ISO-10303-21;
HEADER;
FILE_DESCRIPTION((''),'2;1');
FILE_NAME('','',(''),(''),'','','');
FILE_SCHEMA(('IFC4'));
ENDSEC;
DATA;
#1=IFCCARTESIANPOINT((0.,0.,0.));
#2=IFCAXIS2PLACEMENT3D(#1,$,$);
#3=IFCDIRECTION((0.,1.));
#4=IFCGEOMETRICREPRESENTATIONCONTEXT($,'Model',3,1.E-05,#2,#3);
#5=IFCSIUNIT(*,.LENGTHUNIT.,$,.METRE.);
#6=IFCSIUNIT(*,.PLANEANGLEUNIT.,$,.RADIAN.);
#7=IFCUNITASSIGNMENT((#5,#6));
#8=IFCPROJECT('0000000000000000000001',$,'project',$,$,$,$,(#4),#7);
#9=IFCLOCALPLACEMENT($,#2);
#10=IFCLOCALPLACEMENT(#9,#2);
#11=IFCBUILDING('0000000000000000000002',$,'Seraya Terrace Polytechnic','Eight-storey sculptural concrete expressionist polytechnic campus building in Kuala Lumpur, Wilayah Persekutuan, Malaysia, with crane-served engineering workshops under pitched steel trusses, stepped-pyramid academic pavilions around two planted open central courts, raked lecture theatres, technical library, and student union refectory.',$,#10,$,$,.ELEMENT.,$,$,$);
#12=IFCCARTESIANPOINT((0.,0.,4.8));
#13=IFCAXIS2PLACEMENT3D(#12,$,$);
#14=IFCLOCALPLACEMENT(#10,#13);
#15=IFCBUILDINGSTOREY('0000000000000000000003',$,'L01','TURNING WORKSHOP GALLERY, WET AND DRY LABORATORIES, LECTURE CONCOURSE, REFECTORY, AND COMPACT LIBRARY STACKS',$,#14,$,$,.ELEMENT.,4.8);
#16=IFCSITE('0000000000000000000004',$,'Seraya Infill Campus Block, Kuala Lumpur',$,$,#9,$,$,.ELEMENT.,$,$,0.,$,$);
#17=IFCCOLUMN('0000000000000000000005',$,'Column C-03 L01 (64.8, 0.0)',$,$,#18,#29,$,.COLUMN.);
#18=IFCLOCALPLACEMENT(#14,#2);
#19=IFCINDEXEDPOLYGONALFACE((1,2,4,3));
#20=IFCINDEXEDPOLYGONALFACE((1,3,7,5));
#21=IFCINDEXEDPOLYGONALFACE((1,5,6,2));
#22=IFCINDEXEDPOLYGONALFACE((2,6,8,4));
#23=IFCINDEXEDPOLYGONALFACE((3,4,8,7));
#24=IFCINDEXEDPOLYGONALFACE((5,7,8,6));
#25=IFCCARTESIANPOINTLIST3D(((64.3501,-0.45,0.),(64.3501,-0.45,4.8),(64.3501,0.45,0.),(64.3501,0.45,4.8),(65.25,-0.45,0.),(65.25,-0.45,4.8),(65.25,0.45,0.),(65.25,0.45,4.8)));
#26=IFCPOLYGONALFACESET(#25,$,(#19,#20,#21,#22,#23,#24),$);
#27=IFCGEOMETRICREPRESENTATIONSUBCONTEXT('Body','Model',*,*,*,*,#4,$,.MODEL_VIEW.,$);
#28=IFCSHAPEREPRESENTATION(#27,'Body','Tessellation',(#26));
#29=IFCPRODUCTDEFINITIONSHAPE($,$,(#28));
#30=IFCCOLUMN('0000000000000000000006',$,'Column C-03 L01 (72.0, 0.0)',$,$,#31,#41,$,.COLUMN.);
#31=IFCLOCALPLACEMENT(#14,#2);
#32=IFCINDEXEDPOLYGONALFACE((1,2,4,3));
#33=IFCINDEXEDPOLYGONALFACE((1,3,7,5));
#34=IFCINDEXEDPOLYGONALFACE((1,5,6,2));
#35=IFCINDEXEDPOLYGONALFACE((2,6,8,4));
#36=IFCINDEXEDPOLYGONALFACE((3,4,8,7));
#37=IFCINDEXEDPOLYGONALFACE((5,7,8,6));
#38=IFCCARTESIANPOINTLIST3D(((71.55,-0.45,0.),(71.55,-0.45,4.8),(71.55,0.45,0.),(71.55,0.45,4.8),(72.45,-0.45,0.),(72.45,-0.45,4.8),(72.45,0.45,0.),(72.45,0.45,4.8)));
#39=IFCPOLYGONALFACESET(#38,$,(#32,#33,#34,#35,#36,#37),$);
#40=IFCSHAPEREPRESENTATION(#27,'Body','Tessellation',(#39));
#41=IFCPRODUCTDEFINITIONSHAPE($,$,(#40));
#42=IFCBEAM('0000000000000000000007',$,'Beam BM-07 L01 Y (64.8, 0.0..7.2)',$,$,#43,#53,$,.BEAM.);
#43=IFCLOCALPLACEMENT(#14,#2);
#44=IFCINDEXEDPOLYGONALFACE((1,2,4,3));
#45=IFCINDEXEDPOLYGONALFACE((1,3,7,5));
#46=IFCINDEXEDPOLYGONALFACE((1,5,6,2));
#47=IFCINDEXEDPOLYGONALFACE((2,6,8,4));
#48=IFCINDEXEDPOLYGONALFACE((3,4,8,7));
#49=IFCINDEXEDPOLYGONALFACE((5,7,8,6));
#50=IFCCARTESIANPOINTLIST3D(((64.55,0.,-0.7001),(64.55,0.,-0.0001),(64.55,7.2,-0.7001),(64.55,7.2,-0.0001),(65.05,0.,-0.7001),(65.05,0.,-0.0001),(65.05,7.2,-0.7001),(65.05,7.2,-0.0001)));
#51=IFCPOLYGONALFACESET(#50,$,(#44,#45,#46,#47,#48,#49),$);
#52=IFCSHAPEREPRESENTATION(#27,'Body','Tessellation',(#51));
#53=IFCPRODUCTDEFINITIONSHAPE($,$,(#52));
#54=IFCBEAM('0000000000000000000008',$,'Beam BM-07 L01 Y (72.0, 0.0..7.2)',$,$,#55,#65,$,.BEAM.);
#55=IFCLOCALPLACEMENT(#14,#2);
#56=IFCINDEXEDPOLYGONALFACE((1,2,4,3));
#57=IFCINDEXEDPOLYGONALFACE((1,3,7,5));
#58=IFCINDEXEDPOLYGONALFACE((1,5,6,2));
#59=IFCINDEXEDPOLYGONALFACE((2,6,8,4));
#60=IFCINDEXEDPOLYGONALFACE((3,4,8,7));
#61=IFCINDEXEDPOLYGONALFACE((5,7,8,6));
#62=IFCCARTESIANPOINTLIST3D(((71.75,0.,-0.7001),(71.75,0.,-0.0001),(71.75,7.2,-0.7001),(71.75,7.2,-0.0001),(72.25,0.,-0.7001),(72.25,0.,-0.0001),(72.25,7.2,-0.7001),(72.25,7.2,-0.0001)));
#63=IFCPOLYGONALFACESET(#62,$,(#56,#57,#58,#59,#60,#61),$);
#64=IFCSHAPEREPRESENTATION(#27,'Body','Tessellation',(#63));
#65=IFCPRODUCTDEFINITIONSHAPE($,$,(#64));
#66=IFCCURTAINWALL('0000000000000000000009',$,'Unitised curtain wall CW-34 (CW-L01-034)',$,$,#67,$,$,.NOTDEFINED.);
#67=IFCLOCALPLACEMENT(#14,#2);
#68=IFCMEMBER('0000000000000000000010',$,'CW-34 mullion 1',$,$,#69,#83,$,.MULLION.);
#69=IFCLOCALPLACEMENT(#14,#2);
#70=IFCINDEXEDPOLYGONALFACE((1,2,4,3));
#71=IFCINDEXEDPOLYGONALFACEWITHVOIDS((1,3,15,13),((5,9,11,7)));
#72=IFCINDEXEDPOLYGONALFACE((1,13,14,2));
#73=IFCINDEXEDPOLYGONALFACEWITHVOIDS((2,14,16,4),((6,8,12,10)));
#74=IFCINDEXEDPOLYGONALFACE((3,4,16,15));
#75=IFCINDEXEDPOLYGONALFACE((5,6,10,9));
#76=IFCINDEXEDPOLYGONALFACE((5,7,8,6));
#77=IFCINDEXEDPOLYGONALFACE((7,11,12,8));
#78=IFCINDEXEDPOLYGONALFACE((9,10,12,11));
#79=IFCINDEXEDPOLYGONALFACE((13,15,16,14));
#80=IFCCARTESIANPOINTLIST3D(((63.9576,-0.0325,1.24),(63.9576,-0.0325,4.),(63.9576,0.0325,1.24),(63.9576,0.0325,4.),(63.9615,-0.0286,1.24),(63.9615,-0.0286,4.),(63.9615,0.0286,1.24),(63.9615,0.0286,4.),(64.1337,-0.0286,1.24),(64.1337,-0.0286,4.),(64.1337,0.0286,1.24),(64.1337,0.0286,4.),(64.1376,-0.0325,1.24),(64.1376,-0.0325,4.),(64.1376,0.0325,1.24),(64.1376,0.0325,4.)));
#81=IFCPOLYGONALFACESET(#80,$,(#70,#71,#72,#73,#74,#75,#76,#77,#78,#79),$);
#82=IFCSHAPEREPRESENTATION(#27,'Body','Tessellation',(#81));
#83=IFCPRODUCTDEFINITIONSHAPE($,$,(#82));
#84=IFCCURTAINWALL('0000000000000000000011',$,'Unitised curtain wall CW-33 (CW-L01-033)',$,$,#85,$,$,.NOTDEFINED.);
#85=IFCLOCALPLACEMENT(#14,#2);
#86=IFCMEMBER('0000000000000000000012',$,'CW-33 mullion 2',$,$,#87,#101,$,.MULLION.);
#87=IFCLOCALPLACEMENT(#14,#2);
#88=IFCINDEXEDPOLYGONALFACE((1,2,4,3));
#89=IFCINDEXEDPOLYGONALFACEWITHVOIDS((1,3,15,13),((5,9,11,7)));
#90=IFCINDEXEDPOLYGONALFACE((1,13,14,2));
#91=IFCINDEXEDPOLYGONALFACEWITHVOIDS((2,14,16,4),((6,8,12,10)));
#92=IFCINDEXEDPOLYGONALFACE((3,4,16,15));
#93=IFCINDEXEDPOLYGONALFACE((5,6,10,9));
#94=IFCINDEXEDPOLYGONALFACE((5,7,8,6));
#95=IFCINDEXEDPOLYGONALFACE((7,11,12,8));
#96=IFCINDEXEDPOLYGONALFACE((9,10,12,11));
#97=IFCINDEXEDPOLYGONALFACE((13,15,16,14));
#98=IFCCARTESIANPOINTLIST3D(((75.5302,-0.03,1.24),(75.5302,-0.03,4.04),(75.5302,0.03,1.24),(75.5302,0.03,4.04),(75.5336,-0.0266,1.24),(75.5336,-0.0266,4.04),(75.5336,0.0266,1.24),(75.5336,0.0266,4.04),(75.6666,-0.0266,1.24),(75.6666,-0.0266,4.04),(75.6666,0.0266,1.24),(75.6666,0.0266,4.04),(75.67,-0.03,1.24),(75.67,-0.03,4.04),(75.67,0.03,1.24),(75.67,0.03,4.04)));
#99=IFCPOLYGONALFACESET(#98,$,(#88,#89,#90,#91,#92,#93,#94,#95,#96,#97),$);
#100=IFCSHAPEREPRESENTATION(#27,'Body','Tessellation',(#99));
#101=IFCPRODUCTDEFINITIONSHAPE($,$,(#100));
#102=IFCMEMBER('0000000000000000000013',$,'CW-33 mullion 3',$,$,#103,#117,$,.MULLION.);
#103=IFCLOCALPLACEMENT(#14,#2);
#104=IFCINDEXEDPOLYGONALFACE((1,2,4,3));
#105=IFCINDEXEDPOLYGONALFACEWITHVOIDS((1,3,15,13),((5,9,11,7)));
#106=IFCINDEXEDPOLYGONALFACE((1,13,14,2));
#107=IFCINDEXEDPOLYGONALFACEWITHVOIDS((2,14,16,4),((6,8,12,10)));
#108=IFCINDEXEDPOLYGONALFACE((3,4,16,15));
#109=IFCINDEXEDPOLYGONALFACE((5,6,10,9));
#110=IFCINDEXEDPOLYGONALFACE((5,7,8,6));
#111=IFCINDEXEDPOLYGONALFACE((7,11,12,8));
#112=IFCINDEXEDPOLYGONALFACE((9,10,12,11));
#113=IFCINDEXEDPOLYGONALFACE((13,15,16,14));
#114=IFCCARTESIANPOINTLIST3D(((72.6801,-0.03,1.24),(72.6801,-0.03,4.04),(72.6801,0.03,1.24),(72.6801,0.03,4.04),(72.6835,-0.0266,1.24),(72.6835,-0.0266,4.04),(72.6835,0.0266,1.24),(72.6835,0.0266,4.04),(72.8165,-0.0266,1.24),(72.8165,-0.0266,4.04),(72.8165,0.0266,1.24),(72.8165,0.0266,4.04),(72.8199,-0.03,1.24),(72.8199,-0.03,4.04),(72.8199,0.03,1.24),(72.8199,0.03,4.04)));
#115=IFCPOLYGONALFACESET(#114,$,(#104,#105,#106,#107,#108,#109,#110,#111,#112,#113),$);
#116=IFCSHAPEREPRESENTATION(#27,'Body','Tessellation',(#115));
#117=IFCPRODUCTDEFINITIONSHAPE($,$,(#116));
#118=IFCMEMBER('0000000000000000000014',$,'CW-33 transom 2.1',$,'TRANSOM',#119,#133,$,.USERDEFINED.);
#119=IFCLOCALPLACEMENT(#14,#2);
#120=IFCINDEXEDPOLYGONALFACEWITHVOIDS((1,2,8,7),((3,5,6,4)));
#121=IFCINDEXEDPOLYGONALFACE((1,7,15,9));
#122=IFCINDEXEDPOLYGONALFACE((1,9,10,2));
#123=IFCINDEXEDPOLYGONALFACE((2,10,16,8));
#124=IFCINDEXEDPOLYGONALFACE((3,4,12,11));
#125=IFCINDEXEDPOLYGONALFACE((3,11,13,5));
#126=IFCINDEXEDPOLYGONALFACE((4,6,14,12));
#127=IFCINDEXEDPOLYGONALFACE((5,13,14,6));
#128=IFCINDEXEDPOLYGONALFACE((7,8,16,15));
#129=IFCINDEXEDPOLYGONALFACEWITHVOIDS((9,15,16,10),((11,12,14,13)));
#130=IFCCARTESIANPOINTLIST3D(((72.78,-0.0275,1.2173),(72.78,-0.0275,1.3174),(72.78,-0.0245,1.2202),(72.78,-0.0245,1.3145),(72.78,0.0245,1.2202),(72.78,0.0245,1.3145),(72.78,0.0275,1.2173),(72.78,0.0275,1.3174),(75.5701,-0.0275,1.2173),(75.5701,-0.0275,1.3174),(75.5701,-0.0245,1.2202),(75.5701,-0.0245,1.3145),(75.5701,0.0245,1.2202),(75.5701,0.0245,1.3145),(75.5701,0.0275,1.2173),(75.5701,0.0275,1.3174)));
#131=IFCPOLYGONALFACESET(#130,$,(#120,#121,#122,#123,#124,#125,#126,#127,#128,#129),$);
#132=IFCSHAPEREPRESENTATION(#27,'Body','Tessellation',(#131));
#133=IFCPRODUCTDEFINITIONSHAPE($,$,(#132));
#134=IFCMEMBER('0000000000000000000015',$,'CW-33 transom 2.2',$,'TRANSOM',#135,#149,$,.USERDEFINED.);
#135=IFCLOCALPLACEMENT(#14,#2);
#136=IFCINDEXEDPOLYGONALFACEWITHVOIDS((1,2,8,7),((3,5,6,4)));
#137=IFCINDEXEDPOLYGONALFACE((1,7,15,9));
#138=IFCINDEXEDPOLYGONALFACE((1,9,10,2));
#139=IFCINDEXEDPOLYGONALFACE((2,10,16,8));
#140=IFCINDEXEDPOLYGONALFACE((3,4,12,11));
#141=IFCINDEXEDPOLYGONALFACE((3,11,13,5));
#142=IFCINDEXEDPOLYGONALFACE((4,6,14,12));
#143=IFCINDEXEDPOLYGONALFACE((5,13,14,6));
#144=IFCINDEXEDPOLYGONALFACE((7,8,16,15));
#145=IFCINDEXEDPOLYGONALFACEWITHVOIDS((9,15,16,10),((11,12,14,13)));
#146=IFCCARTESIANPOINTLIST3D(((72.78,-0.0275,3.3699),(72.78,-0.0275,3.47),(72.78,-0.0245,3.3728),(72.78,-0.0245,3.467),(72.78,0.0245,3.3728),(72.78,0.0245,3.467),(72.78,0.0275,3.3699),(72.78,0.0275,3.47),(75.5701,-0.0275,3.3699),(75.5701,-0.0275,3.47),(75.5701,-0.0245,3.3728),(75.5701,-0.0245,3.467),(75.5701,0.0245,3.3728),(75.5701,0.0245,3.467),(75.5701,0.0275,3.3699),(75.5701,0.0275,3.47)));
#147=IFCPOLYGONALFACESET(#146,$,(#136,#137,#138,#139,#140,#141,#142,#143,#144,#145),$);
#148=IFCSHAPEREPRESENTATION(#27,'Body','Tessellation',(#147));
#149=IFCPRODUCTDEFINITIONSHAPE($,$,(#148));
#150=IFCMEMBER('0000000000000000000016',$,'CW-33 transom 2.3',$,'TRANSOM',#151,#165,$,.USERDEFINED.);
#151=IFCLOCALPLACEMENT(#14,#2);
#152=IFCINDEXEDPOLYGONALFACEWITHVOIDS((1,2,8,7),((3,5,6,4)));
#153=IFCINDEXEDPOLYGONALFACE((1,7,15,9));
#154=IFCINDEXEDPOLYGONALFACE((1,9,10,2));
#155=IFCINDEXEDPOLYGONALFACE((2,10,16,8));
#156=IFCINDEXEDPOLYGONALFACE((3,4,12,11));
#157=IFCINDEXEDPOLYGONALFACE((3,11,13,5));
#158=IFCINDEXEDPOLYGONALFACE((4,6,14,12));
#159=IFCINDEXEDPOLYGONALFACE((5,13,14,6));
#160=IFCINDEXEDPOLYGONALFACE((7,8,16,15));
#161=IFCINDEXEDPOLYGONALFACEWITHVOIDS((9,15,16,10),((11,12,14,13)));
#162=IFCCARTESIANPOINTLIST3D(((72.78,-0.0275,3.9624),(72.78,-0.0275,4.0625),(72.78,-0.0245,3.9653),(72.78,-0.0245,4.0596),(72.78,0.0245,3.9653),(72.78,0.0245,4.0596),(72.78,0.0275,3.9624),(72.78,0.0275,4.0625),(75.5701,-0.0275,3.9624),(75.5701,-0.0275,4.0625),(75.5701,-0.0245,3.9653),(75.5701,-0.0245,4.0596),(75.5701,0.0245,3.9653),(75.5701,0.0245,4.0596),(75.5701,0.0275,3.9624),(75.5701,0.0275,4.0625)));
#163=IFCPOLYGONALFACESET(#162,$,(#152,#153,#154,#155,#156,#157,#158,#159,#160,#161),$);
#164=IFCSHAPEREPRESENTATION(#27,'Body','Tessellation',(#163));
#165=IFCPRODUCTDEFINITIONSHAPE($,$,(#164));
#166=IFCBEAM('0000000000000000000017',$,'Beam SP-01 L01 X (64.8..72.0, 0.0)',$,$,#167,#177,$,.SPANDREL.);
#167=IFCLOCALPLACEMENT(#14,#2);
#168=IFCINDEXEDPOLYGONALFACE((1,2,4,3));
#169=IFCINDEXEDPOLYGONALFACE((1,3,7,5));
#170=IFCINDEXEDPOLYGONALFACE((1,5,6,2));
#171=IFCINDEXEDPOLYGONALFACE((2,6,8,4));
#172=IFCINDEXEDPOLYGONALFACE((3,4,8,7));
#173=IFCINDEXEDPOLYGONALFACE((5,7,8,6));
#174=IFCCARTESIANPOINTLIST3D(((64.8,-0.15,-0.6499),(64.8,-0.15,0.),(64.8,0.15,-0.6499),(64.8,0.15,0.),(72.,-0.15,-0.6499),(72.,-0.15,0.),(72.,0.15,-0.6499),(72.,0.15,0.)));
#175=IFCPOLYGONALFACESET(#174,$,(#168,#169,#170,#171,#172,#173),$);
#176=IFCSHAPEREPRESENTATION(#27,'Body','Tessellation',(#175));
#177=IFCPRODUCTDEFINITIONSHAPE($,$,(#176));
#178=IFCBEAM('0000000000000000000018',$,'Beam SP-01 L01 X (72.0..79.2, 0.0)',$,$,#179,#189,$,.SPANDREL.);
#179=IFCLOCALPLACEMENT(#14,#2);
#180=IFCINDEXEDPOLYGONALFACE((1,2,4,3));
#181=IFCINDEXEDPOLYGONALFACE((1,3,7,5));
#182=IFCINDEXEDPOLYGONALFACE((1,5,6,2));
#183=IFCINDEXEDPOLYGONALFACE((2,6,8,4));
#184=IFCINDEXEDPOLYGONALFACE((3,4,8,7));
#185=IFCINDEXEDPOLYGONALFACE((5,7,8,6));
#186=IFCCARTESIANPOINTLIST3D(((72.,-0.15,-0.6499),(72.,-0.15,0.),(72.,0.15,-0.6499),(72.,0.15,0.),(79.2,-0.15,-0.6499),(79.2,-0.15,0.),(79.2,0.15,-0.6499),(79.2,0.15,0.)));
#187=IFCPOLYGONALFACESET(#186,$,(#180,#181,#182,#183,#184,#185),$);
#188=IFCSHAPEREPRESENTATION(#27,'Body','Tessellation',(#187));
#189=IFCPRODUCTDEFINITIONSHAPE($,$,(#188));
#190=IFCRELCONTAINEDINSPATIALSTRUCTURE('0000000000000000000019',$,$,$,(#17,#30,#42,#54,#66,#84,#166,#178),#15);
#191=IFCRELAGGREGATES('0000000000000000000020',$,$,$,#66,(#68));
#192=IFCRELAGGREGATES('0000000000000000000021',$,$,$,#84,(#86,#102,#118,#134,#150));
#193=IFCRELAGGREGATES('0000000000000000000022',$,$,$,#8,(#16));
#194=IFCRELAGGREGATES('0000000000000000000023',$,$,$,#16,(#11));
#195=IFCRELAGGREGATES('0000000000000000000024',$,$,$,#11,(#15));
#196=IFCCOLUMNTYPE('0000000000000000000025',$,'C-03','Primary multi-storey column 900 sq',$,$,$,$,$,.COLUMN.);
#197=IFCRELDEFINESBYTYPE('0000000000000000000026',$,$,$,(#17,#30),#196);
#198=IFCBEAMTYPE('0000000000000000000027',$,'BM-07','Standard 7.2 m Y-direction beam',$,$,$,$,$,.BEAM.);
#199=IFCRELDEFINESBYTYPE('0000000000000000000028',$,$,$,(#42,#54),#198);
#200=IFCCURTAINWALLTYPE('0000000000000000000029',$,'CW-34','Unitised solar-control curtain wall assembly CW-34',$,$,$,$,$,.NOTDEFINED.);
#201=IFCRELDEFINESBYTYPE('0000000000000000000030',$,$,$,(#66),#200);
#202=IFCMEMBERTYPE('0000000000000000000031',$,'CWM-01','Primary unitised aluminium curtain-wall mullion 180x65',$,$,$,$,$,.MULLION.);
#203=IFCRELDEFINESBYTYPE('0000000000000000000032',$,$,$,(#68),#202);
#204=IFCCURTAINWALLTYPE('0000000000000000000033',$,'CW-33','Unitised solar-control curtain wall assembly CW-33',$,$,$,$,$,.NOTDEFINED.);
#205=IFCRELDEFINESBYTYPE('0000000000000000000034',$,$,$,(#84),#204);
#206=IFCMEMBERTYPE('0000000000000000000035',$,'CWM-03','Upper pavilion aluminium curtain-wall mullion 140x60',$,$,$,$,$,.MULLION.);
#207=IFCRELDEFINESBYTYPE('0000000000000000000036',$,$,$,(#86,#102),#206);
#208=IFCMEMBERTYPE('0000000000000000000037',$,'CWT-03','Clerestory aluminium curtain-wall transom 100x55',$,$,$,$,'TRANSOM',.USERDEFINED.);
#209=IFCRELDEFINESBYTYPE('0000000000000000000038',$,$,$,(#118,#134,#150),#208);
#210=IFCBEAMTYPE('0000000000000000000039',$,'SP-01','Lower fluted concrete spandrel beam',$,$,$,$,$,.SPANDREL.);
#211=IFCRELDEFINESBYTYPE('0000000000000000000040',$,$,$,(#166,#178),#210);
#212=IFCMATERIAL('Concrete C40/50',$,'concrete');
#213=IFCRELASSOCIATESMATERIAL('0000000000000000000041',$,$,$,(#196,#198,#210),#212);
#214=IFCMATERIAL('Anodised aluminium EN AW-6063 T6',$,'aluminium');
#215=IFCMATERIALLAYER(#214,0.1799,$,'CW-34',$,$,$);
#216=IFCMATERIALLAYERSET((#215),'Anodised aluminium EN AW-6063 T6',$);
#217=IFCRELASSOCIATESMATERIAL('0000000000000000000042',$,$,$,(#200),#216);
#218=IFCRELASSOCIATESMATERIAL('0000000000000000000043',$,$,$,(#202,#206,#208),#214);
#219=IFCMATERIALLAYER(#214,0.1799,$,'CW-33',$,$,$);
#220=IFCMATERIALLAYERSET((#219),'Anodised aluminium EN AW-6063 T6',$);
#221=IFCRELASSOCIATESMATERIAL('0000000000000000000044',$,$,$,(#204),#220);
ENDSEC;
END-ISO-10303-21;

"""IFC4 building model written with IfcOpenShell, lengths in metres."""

from ifc_helpers import new_model, si_unit, direction, frame, origin, origin_2d, place, context, subcontext, project, spatial, rectangle, hollow_rectangle, extrude, material, layer, layer_set, material_profile, profile_set, type_object, element, aggregate, save


model = new_model("IFC4")

# Units and contexts
model_context = context("Model", 3, precision=1e-05, world=origin(), true_north=direction((0.0, 1.0)))
body_context = subcontext(model_context, "Body", "Model", "MODEL_VIEW")
ifc_project = project(units=[si_unit("LENGTHUNIT", "METRE"), si_unit("PLANEANGLEUNIT", "RADIAN")], contexts=[model_context])

# Site, building, storey
site_placement = place(None, origin())
site = spatial("IfcSite", under=ifc_project, at=site_placement, Name="Seraya Infill Campus Block, Kuala Lumpur", CompositionType="ELEMENT", RefElevation=0.0)
building_placement = place(site_placement, origin())
building = spatial("IfcBuilding", under=site, at=building_placement, Name="Seraya Terrace Polytechnic", Description="Eight-storey sculptural concrete expressionist polytechnic campus building in Kuala Lumpur, Wilayah Persekutuan, Malaysia, with crane-served engineering workshops under pitched steel trusses, stepped-pyramid academic pavilions around two planted open central courts, raked lecture theatres, technical library, and student union refectory.", CompositionType="ELEMENT")
storey_placement = place(building_placement, frame((0.0, 0.0, 4.8)))
storey = spatial("IfcBuildingStorey", under=building, at=storey_placement, Name="L01", Description="TURNING WORKSHOP GALLERY, WET AND DRY LABORATORIES, LECTURE CONCOURSE, REFECTORY, AND COMPACT LIBRARY STACKS", CompositionType="ELEMENT", Elevation=4.8)

# Columns
ifc_material_1 = material(Name="Concrete C40/50", Category="concrete")
ifc_material_profile_1 = material_profile(ifc_material_1, rectangle(XDim=0.8999, YDim=0.8999, at=origin_2d()), Name="RC 900x900")
ifc_profile_set_1 = profile_set([ifc_material_profile_1], Name="Concrete C40/50")
column_type = type_object("IfcColumnType", Name="C-03", Description="Primary multi-storey column 900 sq", PredefinedType="COLUMN", material=ifc_profile_set_1)
for number, where, z_axis, x_axis, name in (
    (1, (64.8, 0.0, 0.0), (0.0, 0.0, 1.0), (1.0, 0.0, 0.0), "Column C-03 L01 (64.8, 0.0)"),
    (2, (72.0, 0.0, 0.0), (0.0, 0.0, 1.0), (1.0, 0.0, 0.0), "Column C-03 L01 (72.0, 0.0)"),
):
    element("IfcColumn", number, at=place(storey_placement, frame(where, z_axis=z_axis, x_axis=x_axis)), inside=storey, type_object=column_type, Name=name, PredefinedType="COLUMN", context=body_context, shape_type="SweptSolid", body=[
        extrude(rectangle(XDim=0.8999, YDim=0.8999, at=origin_2d()), origin(), (0.0, 0.0, 1.0), 4.8),
    ])

# Beams
ifc_material_profile_2 = material_profile(ifc_material_1, rectangle(XDim=0.5, YDim=0.7, at=origin_2d()), Name="RC 500x700")
ifc_profile_set_2 = profile_set([ifc_material_profile_2], Name="Concrete C40/50")
beam_type_1 = type_object("IfcBeamType", Name="BM-07", Description="Standard 7.2 m Y-direction beam", PredefinedType="BEAM", material=ifc_profile_set_2)
for number, where, z_axis, x_axis, name in (
    (3, (64.8, 0.0, -0.3501), (0.0, 1.0, 0.0), (-1.0, 0.0, 0.0), "Beam BM-07 L01 Y (64.8, 0.0..7.2)"),
    (4, (72.0, 0.0, -0.3501), (0.0, 1.0, 0.0), (-1.0, 0.0, 0.0), "Beam BM-07 L01 Y (72.0, 0.0..7.2)"),
):
    element("IfcBeam", number, at=place(storey_placement, frame(where, z_axis=z_axis, x_axis=x_axis)), inside=storey, type_object=beam_type_1, Name=name, PredefinedType="BEAM", context=body_context, shape_type="SweptSolid", body=[
        extrude(rectangle(XDim=0.5, YDim=0.7, at=origin_2d()), origin(), (0.0, 0.0, 1.0), 7.2),
    ])

# Curtain wall, member
ifc_material_2 = material(Name="Anodised aluminium EN AW-6063 T6", Category="aluminium")
ifc_layer_1 = layer(ifc_material_2, 0.1799, Name="CW-34")
ifc_layer_set_1 = layer_set([ifc_layer_1], Name="Anodised aluminium EN AW-6063 T6")
curtain_wall_type_1 = type_object("IfcCurtainWallType", Name="CW-34", Description="Unitised solar-control curtain wall assembly CW-34", PredefinedType="NOTDEFINED", material=ifc_layer_set_1)
curtain_wall_1_placement = place(storey_placement, origin())
curtain_wall_1 = element("IfcCurtainWall", 5, at=curtain_wall_1_placement, inside=storey, type_object=curtain_wall_type_1, Name="Unitised curtain wall CW-34 (CW-L01-034)", PredefinedType="NOTDEFINED")
ifc_material_profile_3 = material_profile(ifc_material_2, hollow_rectangle(XDim=0.0649, YDim=0.1799, WallThickness=0.0039, at=origin_2d()), Name="RHS 180x65x4.0")
ifc_profile_set_3 = profile_set([ifc_material_profile_3], Name="Anodised aluminium EN AW-6063 T6")
member_type_1 = type_object("IfcMemberType", Name="CWM-01", Description="Primary unitised aluminium curtain-wall mullion 180x65", PredefinedType="MULLION", material=ifc_profile_set_3)
member_1_placement = place(storey_placement, frame((64.0476, 0.0, 1.24), z_axis=(0.0, 0.0, 1.0), x_axis=(0.0, -1.0, 0.0)))
member_1 = element("IfcMember", 6, at=member_1_placement, type_object=member_type_1, Name="CW-34 mullion 1", PredefinedType="MULLION", context=body_context, shape_type="SweptSolid", body=[
    extrude(hollow_rectangle(XDim=0.0649, YDim=0.1799, WallThickness=0.0039, at=origin_2d()), origin(), (0.0, 0.0, 1.0), 2.76),
])
aggregate(curtain_wall_1, [member_1])

# Curtain wall, members
ifc_layer_2 = layer(ifc_material_2, 0.1799, Name="CW-33")
ifc_layer_set_2 = layer_set([ifc_layer_2], Name="Anodised aluminium EN AW-6063 T6")
curtain_wall_type_2 = type_object("IfcCurtainWallType", Name="CW-33", Description="Unitised solar-control curtain wall assembly CW-33", PredefinedType="NOTDEFINED", material=ifc_layer_set_2)
curtain_wall_2_placement = place(storey_placement, origin())
curtain_wall_2 = element("IfcCurtainWall", 7, at=curtain_wall_2_placement, inside=storey, type_object=curtain_wall_type_2, Name="Unitised curtain wall CW-33 (CW-L01-033)", PredefinedType="NOTDEFINED")
ifc_material_profile_4 = material_profile(ifc_material_2, hollow_rectangle(XDim=0.0601, YDim=0.1399, WallThickness=0.0034, at=origin_2d()), Name="RHS 140x60x3.5")
ifc_profile_set_4 = profile_set([ifc_material_profile_4], Name="Anodised aluminium EN AW-6063 T6")
member_type_2 = type_object("IfcMemberType", Name="CWM-03", Description="Upper pavilion aluminium curtain-wall mullion 140x60", PredefinedType="MULLION", material=ifc_profile_set_4)
member_2_placement = place(storey_placement, frame((75.6001, 0.0, 1.24), z_axis=(0.0, 0.0, 1.0), x_axis=(0.0, -1.0, 0.0)))
member_2 = element("IfcMember", 8, at=member_2_placement, type_object=member_type_2, Name="CW-33 mullion 2", PredefinedType="MULLION", context=body_context, shape_type="SweptSolid", body=[
    extrude(hollow_rectangle(XDim=0.0601, YDim=0.1399, WallThickness=0.0034, at=origin_2d()), origin(), (0.0, 0.0, 1.0), 2.8),
])
member_3_placement = place(storey_placement, frame((72.75, 0.0, 1.24), z_axis=(0.0, 0.0, 1.0), x_axis=(0.0, -1.0, 0.0)))
member_3 = element("IfcMember", 9, at=member_3_placement, type_object=member_type_2, Name="CW-33 mullion 3", PredefinedType="MULLION", context=body_context, shape_type="SweptSolid", body=[
    extrude(hollow_rectangle(XDim=0.0601, YDim=0.1399, WallThickness=0.0034, at=origin_2d()), origin(), (0.0, 0.0, 1.0), 2.8),
])
ifc_material_profile_5 = material_profile(ifc_material_2, hollow_rectangle(XDim=0.0549, YDim=0.1001, WallThickness=0.0029, at=origin_2d()), Name="RHS 100x55x3.0")
ifc_profile_set_5 = profile_set([ifc_material_profile_5], Name="Anodised aluminium EN AW-6063 T6")
member_type_3 = type_object("IfcMemberType", Name="CWT-03", Description="Clerestory aluminium curtain-wall transom 100x55", ElementType="TRANSOM", PredefinedType="USERDEFINED", material=ifc_profile_set_5)
member_4_placement = place(storey_placement, frame((75.5701, 0.0, 1.2673), z_axis=(-1.0, 0.0, 0.0), x_axis=(0.0, -1.0, 0.0)))
member_4 = element("IfcMember", 10, at=member_4_placement, type_object=member_type_3, Name="CW-33 transom 2.1", ObjectType="TRANSOM", PredefinedType="USERDEFINED", context=body_context, shape_type="SweptSolid", body=[
    extrude(hollow_rectangle(XDim=0.0549, YDim=0.1001, WallThickness=0.0029, at=origin_2d()), origin(), (0.0, 0.0, 1.0), 2.79),
])
member_5_placement = place(storey_placement, frame((75.5701, 0.0, 3.4199), z_axis=(-1.0, 0.0, 0.0), x_axis=(0.0, -1.0, 0.0)))
member_5 = element("IfcMember", 11, at=member_5_placement, type_object=member_type_3, Name="CW-33 transom 2.2", ObjectType="TRANSOM", PredefinedType="USERDEFINED", context=body_context, shape_type="SweptSolid", body=[
    extrude(hollow_rectangle(XDim=0.0549, YDim=0.1001, WallThickness=0.0029, at=origin_2d()), origin(), (0.0, 0.0, 1.0), 2.79),
])
member_6_placement = place(storey_placement, frame((75.5701, 0.0, 4.0125), z_axis=(-1.0, 0.0, 0.0), x_axis=(0.0, -1.0, 0.0)))
member_6 = element("IfcMember", 12, at=member_6_placement, type_object=member_type_3, Name="CW-33 transom 2.3", ObjectType="TRANSOM", PredefinedType="USERDEFINED", context=body_context, shape_type="SweptSolid", body=[
    extrude(hollow_rectangle(XDim=0.0549, YDim=0.1001, WallThickness=0.0029, at=origin_2d()), origin(), (0.0, 0.0, 1.0), 2.79),
])

# Beams
ifc_material_profile_6 = material_profile(ifc_material_1, rectangle(XDim=0.3, YDim=0.6499, at=origin_2d()), Name="RC 300x650")
ifc_profile_set_6 = profile_set([ifc_material_profile_6], Name="Concrete C40/50")
beam_type_2 = type_object("IfcBeamType", Name="SP-01", Description="Lower fluted concrete spandrel beam", PredefinedType="SPANDREL", material=ifc_profile_set_6)
for number, where, z_axis, x_axis, name in (
    (13, (64.8, 0.0, -0.325), (1.0, 0.0, 0.0), (0.0, 1.0, 0.0), "Beam SP-01 L01 X (64.8..72.0, 0.0)"),
    (14, (72.0, 0.0, -0.325), (1.0, 0.0, 0.0), (0.0, 1.0, 0.0), "Beam SP-01 L01 X (72.0..79.2, 0.0)"),
):
    element("IfcBeam", number, at=place(storey_placement, frame(where, z_axis=z_axis, x_axis=x_axis)), inside=storey, type_object=beam_type_2, Name=name, PredefinedType="SPANDREL", context=body_context, shape_type="SweptSolid", body=[
        extrude(rectangle(XDim=0.3, YDim=0.6499, at=origin_2d()), origin(), (0.0, 0.0, 1.0), 7.2),
    ])

aggregate(curtain_wall_2, [member_2, member_3, member_4, member_5, member_6])

save(model, "model.ifc")
